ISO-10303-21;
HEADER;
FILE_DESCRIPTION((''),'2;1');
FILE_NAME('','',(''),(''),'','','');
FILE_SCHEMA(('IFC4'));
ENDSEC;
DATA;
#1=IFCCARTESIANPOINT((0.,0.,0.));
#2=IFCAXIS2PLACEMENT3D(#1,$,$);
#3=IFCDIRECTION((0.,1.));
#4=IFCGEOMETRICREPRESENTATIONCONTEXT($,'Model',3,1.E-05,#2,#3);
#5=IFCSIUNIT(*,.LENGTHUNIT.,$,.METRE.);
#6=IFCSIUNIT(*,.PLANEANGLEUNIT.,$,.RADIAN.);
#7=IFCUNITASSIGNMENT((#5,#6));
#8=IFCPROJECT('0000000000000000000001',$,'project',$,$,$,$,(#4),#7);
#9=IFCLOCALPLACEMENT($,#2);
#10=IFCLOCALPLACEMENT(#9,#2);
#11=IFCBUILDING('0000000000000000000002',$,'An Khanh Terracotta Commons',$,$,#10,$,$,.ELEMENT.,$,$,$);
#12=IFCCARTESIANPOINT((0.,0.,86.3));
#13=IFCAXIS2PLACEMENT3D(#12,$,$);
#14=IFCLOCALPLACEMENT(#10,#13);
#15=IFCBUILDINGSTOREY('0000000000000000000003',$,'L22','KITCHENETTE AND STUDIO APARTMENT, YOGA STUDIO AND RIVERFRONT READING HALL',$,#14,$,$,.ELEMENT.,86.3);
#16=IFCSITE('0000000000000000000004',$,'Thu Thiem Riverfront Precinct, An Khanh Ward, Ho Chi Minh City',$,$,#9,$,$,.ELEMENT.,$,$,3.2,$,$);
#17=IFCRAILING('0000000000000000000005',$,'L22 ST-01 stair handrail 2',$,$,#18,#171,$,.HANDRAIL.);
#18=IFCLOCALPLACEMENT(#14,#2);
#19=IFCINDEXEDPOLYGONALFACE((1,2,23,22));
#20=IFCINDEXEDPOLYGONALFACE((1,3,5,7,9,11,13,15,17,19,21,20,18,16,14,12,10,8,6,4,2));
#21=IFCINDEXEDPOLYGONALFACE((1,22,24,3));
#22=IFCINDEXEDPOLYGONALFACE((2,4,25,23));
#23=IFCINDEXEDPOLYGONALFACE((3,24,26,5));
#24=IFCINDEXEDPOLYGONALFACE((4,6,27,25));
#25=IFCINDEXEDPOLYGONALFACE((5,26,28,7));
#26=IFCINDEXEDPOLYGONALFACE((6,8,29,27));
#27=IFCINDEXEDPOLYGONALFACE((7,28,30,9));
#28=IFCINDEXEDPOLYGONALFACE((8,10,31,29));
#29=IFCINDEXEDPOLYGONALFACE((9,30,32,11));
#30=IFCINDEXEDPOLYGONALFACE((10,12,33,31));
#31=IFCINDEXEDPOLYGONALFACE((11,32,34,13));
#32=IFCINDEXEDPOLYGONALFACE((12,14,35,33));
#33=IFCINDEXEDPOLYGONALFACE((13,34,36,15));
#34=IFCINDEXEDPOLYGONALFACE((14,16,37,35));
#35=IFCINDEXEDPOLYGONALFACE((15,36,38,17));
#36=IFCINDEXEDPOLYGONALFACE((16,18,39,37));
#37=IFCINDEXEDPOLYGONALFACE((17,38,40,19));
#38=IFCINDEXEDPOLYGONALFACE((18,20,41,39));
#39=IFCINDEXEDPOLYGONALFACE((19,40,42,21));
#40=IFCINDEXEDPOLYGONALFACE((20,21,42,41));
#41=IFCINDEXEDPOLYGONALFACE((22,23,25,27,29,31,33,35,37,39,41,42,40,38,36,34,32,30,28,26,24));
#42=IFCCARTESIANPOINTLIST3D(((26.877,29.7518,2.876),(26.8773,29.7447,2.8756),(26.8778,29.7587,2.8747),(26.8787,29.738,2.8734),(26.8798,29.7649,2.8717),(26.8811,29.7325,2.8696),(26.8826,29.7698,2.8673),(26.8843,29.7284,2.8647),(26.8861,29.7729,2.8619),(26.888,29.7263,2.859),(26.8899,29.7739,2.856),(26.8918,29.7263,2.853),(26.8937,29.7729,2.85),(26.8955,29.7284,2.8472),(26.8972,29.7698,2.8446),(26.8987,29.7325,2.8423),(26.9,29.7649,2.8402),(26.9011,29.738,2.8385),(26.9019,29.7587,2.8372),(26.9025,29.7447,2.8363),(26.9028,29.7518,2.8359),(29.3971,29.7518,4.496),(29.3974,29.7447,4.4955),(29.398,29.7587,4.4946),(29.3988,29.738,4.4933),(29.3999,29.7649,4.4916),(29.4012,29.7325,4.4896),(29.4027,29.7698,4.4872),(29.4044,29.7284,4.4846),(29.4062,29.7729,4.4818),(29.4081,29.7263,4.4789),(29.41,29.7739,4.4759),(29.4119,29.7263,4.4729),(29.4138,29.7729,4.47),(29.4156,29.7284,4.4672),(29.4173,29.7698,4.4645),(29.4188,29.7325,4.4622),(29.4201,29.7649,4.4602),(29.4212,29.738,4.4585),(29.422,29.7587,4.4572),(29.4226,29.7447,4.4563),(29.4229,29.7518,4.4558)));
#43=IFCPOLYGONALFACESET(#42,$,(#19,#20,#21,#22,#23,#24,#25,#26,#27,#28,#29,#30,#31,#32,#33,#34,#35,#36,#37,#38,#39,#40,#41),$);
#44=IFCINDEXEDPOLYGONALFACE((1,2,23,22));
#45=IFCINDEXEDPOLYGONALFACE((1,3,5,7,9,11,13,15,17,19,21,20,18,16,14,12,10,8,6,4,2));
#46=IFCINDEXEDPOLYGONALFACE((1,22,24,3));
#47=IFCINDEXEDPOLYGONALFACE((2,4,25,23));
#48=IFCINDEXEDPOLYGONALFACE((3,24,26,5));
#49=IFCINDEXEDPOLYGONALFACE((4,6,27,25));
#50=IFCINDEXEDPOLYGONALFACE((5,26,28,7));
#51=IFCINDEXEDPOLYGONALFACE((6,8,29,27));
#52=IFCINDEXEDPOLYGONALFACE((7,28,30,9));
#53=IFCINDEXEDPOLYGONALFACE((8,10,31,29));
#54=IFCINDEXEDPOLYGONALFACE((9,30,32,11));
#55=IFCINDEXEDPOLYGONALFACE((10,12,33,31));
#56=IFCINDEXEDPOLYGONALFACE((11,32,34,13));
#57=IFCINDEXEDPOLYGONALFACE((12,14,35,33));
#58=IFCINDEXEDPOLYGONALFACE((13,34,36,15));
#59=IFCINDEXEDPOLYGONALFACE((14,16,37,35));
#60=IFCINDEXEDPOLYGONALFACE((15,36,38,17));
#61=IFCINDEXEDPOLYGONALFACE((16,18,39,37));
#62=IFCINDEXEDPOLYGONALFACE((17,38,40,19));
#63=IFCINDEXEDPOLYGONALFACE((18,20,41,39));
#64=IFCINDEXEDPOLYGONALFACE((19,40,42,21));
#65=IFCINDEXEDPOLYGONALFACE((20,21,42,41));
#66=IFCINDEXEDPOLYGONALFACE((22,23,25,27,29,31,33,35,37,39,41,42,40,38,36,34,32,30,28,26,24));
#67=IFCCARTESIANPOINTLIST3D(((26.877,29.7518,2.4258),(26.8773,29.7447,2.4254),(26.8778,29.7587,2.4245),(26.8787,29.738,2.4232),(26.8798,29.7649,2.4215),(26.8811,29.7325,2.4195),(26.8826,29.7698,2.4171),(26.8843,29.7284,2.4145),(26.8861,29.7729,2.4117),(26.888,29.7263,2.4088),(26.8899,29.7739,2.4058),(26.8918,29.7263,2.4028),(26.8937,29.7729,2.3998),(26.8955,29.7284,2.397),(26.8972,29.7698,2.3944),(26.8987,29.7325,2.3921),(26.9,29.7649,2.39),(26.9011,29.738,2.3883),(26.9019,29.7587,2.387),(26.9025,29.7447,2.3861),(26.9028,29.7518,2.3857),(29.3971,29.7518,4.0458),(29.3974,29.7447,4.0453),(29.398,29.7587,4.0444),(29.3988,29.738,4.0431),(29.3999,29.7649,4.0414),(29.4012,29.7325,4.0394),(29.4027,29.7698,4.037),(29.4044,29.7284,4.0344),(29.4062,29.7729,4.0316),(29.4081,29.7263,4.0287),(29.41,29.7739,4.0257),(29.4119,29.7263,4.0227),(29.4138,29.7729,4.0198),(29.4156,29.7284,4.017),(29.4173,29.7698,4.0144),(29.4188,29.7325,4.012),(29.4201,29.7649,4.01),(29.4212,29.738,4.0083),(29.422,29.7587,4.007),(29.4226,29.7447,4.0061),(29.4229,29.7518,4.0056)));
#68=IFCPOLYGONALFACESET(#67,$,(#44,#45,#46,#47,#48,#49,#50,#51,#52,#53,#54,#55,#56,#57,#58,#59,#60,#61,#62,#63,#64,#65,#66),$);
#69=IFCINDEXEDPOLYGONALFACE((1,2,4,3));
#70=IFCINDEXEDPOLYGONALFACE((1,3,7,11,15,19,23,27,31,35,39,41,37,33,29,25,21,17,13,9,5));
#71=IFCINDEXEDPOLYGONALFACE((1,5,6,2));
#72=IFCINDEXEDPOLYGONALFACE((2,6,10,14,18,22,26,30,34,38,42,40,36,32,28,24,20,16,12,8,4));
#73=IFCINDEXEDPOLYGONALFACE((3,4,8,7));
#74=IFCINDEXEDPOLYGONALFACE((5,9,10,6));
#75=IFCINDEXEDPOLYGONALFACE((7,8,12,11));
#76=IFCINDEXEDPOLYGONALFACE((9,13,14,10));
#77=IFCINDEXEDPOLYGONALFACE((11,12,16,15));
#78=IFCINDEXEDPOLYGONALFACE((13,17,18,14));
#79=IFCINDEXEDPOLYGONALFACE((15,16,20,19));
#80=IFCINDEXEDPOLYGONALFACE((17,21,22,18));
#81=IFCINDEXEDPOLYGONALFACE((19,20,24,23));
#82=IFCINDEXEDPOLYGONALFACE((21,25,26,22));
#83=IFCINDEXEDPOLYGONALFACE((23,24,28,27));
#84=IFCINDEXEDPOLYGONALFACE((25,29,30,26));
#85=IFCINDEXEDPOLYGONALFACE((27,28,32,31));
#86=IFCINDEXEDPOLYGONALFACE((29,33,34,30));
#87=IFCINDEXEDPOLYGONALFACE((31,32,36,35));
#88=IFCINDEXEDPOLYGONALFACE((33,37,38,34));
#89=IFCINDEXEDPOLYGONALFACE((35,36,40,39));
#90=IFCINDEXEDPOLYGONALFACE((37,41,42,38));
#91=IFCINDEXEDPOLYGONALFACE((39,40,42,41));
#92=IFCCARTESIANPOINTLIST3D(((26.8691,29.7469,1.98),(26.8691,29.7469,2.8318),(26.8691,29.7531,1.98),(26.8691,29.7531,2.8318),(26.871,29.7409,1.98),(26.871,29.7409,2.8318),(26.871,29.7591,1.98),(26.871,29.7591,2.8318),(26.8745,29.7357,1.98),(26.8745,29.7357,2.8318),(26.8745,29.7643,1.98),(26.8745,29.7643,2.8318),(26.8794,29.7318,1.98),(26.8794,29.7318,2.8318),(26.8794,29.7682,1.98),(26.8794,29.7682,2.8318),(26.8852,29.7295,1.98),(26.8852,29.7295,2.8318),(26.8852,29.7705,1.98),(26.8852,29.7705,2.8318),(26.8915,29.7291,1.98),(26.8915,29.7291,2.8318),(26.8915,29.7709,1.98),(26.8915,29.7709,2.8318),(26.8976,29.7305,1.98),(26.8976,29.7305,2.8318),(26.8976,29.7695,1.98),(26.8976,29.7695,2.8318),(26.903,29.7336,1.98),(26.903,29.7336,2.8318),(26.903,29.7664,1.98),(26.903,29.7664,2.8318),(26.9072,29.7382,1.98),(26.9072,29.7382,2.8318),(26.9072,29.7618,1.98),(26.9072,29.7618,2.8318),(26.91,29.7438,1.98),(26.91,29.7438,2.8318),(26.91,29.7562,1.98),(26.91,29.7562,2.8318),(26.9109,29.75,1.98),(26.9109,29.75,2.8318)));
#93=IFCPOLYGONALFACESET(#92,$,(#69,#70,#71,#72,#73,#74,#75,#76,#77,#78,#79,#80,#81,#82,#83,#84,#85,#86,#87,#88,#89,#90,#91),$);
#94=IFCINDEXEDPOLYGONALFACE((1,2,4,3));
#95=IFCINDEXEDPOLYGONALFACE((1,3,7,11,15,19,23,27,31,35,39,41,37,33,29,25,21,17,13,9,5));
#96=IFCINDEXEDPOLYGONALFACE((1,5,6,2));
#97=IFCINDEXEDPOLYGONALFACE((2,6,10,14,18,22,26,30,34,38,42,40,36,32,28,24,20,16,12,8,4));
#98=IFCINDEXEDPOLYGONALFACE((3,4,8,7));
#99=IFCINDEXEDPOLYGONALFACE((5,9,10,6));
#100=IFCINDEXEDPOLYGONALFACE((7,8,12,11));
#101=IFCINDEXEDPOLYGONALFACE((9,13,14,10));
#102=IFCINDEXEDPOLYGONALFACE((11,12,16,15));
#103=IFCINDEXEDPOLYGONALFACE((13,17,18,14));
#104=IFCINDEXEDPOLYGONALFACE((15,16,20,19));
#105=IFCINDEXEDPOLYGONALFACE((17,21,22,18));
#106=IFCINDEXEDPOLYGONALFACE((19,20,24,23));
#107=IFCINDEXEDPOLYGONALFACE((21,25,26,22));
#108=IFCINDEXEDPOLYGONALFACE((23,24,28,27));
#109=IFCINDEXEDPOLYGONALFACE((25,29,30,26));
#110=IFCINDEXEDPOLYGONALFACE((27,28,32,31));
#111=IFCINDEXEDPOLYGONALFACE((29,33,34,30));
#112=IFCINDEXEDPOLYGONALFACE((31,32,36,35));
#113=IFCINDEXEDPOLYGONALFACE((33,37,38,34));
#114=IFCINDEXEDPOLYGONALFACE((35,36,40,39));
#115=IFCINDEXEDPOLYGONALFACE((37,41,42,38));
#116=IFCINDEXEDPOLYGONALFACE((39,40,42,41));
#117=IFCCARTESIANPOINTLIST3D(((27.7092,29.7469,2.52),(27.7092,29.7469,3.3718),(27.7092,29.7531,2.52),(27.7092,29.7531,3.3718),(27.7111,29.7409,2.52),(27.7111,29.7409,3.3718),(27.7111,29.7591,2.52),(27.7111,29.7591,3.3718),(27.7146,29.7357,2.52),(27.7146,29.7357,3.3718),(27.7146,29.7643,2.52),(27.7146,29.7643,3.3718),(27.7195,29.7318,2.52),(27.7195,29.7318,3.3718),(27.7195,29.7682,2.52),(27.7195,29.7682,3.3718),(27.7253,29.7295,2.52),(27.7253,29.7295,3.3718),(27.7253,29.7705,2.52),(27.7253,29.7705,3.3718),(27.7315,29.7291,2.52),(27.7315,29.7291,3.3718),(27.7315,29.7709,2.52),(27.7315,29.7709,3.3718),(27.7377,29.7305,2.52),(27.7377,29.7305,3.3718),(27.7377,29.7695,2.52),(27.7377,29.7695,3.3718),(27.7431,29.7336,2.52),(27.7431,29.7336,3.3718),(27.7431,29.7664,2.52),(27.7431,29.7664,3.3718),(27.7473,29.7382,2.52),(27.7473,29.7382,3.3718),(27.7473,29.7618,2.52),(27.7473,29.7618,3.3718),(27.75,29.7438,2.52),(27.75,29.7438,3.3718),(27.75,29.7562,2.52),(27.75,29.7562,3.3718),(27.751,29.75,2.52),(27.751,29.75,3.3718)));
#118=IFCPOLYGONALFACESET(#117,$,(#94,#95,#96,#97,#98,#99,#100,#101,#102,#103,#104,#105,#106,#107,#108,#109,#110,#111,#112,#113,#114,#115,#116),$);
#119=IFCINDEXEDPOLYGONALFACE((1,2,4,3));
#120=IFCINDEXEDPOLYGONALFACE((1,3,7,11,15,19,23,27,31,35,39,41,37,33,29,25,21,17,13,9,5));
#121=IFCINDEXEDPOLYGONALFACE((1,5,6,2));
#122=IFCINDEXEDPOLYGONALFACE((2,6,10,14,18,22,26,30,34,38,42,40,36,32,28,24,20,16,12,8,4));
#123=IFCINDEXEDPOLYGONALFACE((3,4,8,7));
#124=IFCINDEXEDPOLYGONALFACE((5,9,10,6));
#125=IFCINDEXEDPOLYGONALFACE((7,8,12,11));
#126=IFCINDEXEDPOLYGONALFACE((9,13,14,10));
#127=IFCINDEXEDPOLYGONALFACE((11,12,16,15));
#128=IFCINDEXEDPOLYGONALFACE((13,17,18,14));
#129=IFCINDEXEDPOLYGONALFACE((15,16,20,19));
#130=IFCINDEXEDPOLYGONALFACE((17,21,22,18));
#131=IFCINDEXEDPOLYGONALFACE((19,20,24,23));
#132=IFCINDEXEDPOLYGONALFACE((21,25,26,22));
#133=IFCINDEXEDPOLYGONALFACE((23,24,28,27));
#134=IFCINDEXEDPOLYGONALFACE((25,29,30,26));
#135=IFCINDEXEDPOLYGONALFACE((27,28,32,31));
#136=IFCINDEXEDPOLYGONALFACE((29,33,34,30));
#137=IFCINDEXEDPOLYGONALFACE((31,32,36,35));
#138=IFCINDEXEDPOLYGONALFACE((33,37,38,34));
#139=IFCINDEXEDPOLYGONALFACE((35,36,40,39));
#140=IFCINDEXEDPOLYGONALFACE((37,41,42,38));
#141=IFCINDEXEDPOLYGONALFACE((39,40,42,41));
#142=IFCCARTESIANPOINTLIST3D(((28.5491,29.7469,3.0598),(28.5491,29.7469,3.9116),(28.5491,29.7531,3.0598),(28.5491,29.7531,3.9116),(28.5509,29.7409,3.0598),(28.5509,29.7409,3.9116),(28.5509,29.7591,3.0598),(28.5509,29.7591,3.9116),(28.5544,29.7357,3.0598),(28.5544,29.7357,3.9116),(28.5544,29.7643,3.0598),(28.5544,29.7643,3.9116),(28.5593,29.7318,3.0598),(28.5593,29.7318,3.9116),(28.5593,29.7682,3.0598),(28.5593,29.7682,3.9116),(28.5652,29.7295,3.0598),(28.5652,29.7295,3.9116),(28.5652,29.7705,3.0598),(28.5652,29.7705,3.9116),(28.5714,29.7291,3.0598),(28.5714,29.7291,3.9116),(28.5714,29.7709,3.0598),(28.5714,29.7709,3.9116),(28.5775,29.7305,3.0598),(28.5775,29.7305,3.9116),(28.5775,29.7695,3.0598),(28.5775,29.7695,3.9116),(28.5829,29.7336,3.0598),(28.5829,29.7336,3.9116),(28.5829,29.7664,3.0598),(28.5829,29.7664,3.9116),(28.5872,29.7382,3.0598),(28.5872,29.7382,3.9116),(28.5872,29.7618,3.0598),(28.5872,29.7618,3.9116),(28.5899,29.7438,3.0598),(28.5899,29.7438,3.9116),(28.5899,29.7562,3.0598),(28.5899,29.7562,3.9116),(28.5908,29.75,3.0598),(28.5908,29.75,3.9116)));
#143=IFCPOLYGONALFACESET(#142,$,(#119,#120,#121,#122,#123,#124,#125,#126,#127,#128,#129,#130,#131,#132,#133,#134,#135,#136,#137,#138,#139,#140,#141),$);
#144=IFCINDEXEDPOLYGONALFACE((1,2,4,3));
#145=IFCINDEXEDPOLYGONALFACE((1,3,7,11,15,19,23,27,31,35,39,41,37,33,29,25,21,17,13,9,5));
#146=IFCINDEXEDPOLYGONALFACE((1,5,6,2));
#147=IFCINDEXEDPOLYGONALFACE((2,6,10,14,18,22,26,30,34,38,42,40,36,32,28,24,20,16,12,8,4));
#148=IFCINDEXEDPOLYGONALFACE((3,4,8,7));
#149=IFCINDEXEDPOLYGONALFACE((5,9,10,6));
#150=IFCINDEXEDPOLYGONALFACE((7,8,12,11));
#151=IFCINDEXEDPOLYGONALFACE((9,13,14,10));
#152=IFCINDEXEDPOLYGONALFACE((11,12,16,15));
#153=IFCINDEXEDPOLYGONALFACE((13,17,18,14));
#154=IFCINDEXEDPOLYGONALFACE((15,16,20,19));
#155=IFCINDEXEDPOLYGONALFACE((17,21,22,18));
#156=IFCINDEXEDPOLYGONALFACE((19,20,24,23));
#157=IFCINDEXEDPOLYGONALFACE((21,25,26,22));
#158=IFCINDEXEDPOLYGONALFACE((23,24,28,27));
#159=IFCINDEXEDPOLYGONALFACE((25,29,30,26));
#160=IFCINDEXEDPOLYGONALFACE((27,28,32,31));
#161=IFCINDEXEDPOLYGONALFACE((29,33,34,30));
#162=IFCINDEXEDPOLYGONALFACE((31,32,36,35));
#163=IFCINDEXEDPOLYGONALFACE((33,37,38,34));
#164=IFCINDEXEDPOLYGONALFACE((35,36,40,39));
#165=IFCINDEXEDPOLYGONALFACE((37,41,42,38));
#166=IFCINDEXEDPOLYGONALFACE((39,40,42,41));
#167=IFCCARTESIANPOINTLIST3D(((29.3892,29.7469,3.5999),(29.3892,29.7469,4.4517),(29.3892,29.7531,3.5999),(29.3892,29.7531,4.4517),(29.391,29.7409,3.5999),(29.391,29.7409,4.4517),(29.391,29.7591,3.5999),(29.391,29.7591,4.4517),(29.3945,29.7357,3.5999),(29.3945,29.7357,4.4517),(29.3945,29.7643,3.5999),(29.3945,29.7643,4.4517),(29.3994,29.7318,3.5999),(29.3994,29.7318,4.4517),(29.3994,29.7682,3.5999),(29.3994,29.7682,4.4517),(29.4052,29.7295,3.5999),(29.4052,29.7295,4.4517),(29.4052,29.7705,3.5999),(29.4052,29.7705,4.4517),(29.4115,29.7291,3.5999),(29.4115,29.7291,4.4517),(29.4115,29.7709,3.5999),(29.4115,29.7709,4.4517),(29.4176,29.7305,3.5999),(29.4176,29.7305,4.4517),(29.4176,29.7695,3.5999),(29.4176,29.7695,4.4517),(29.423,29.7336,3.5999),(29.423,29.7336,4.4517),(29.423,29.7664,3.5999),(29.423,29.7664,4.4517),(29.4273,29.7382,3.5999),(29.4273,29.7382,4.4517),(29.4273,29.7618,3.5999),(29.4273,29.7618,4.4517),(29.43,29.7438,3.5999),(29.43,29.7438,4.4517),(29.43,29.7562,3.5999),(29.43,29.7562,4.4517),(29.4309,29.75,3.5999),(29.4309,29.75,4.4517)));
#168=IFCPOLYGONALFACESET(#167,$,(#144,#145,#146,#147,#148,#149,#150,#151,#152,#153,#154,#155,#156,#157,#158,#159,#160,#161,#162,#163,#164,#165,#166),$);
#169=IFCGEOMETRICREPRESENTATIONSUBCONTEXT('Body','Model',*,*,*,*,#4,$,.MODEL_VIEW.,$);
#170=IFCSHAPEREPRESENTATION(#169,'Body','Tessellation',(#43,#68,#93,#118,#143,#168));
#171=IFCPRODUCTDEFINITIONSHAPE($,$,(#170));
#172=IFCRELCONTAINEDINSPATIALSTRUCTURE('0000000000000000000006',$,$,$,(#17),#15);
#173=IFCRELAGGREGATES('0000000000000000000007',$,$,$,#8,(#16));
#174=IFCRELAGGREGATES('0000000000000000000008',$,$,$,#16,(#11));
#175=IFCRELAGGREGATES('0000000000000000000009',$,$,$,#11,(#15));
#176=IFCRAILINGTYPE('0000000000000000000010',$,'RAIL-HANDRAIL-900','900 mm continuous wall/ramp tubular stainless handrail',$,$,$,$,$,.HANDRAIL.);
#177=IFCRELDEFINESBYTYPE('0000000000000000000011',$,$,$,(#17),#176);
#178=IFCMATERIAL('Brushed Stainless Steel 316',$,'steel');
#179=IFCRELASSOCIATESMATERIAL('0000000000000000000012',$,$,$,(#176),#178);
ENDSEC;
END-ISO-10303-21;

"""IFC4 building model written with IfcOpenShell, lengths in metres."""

from ifc_helpers import new_model, si_unit, direction, frame, origin, origin_2d, place, context, subcontext, project, spatial, circle, extrude, material, type_object, element, save


model = new_model("IFC4")

# Units and contexts
model_context = context("Model", 3, precision=1e-05, world=origin(), true_north=direction((0.0, 1.0)))
body_context = subcontext(model_context, "Body", "Model", "MODEL_VIEW")
ifc_project = project(units=[si_unit("LENGTHUNIT", "METRE"), si_unit("PLANEANGLEUNIT", "RADIAN")], contexts=[model_context])

# Site, building, storey
site_placement = place(None, origin())
site = spatial("IfcSite", under=ifc_project, at=site_placement, Name="Thu Thiem Riverfront Precinct, An Khanh Ward, Ho Chi Minh City", CompositionType="ELEMENT", RefElevation=3.2)
building_placement = place(site_placement, origin())
building = spatial("IfcBuilding", under=site, at=building_placement, Name="An Khanh Terracotta Commons", CompositionType="ELEMENT")
storey_placement = place(building_placement, frame((0.0, 0.0, 86.3)))
storey = spatial("IfcBuildingStorey", under=building, at=storey_placement, Name="L22", Description="KITCHENETTE AND STUDIO APARTMENT, YOGA STUDIO AND RIVERFRONT READING HALL", CompositionType="ELEMENT", Elevation=86.3)

# Railing
ifc_material_1 = material(Name="Brushed Stainless Steel 316", Category="steel")
railing_type_1 = type_object("IfcRailingType", Name="RAIL-HANDRAIL-900", Description="900 mm continuous wall/ramp tubular stainless handrail", PredefinedType="HANDRAIL", material=ifc_material_1)
railing_1_placement = place(storey_placement, frame((26.8899, 29.75, 1.98)))
element("IfcRailing", 1, at=railing_1_placement, inside=storey, type_object=railing_type_1, Name="L22 ST-01 stair handrail 2", PredefinedType="HANDRAIL", context=body_context, shape_type="SweptSolid", body=[
    extrude(circle(Radius=0.0239, at=origin_2d()), frame((0.0, 0.0, 0.876), z_axis=(0.8412, 0.0, 0.540725), x_axis=(0.0, 1.0, 0.0)), (0.0, 0.0, 1.0), 2.9958),
    extrude(circle(Radius=0.0239, at=origin_2d()), frame((0.0, 0.0, 0.4258), z_axis=(0.8412, 0.0, 0.540725), x_axis=(0.0, 1.0, 0.0)), (0.0, 0.0, 1.0), 2.9958),
    extrude(circle(Radius=0.021, at=origin_2d()), origin(), (0.0, 0.0, 1.0), 0.8518),
    extrude(circle(Radius=0.021, at=origin_2d()), frame((0.8401, 0.0, 0.54)), (0.0, 0.0, 1.0), 0.8518),
    extrude(circle(Radius=0.021, at=origin_2d()), frame((1.6799, 0.0, 1.0798)), (0.0, 0.0, 1.0), 0.8518),
    extrude(circle(Radius=0.021, at=origin_2d()), frame((2.52, 0.0, 1.6199)), (0.0, 0.0, 1.0), 0.8518),
])

save(model, "model.ifc")
